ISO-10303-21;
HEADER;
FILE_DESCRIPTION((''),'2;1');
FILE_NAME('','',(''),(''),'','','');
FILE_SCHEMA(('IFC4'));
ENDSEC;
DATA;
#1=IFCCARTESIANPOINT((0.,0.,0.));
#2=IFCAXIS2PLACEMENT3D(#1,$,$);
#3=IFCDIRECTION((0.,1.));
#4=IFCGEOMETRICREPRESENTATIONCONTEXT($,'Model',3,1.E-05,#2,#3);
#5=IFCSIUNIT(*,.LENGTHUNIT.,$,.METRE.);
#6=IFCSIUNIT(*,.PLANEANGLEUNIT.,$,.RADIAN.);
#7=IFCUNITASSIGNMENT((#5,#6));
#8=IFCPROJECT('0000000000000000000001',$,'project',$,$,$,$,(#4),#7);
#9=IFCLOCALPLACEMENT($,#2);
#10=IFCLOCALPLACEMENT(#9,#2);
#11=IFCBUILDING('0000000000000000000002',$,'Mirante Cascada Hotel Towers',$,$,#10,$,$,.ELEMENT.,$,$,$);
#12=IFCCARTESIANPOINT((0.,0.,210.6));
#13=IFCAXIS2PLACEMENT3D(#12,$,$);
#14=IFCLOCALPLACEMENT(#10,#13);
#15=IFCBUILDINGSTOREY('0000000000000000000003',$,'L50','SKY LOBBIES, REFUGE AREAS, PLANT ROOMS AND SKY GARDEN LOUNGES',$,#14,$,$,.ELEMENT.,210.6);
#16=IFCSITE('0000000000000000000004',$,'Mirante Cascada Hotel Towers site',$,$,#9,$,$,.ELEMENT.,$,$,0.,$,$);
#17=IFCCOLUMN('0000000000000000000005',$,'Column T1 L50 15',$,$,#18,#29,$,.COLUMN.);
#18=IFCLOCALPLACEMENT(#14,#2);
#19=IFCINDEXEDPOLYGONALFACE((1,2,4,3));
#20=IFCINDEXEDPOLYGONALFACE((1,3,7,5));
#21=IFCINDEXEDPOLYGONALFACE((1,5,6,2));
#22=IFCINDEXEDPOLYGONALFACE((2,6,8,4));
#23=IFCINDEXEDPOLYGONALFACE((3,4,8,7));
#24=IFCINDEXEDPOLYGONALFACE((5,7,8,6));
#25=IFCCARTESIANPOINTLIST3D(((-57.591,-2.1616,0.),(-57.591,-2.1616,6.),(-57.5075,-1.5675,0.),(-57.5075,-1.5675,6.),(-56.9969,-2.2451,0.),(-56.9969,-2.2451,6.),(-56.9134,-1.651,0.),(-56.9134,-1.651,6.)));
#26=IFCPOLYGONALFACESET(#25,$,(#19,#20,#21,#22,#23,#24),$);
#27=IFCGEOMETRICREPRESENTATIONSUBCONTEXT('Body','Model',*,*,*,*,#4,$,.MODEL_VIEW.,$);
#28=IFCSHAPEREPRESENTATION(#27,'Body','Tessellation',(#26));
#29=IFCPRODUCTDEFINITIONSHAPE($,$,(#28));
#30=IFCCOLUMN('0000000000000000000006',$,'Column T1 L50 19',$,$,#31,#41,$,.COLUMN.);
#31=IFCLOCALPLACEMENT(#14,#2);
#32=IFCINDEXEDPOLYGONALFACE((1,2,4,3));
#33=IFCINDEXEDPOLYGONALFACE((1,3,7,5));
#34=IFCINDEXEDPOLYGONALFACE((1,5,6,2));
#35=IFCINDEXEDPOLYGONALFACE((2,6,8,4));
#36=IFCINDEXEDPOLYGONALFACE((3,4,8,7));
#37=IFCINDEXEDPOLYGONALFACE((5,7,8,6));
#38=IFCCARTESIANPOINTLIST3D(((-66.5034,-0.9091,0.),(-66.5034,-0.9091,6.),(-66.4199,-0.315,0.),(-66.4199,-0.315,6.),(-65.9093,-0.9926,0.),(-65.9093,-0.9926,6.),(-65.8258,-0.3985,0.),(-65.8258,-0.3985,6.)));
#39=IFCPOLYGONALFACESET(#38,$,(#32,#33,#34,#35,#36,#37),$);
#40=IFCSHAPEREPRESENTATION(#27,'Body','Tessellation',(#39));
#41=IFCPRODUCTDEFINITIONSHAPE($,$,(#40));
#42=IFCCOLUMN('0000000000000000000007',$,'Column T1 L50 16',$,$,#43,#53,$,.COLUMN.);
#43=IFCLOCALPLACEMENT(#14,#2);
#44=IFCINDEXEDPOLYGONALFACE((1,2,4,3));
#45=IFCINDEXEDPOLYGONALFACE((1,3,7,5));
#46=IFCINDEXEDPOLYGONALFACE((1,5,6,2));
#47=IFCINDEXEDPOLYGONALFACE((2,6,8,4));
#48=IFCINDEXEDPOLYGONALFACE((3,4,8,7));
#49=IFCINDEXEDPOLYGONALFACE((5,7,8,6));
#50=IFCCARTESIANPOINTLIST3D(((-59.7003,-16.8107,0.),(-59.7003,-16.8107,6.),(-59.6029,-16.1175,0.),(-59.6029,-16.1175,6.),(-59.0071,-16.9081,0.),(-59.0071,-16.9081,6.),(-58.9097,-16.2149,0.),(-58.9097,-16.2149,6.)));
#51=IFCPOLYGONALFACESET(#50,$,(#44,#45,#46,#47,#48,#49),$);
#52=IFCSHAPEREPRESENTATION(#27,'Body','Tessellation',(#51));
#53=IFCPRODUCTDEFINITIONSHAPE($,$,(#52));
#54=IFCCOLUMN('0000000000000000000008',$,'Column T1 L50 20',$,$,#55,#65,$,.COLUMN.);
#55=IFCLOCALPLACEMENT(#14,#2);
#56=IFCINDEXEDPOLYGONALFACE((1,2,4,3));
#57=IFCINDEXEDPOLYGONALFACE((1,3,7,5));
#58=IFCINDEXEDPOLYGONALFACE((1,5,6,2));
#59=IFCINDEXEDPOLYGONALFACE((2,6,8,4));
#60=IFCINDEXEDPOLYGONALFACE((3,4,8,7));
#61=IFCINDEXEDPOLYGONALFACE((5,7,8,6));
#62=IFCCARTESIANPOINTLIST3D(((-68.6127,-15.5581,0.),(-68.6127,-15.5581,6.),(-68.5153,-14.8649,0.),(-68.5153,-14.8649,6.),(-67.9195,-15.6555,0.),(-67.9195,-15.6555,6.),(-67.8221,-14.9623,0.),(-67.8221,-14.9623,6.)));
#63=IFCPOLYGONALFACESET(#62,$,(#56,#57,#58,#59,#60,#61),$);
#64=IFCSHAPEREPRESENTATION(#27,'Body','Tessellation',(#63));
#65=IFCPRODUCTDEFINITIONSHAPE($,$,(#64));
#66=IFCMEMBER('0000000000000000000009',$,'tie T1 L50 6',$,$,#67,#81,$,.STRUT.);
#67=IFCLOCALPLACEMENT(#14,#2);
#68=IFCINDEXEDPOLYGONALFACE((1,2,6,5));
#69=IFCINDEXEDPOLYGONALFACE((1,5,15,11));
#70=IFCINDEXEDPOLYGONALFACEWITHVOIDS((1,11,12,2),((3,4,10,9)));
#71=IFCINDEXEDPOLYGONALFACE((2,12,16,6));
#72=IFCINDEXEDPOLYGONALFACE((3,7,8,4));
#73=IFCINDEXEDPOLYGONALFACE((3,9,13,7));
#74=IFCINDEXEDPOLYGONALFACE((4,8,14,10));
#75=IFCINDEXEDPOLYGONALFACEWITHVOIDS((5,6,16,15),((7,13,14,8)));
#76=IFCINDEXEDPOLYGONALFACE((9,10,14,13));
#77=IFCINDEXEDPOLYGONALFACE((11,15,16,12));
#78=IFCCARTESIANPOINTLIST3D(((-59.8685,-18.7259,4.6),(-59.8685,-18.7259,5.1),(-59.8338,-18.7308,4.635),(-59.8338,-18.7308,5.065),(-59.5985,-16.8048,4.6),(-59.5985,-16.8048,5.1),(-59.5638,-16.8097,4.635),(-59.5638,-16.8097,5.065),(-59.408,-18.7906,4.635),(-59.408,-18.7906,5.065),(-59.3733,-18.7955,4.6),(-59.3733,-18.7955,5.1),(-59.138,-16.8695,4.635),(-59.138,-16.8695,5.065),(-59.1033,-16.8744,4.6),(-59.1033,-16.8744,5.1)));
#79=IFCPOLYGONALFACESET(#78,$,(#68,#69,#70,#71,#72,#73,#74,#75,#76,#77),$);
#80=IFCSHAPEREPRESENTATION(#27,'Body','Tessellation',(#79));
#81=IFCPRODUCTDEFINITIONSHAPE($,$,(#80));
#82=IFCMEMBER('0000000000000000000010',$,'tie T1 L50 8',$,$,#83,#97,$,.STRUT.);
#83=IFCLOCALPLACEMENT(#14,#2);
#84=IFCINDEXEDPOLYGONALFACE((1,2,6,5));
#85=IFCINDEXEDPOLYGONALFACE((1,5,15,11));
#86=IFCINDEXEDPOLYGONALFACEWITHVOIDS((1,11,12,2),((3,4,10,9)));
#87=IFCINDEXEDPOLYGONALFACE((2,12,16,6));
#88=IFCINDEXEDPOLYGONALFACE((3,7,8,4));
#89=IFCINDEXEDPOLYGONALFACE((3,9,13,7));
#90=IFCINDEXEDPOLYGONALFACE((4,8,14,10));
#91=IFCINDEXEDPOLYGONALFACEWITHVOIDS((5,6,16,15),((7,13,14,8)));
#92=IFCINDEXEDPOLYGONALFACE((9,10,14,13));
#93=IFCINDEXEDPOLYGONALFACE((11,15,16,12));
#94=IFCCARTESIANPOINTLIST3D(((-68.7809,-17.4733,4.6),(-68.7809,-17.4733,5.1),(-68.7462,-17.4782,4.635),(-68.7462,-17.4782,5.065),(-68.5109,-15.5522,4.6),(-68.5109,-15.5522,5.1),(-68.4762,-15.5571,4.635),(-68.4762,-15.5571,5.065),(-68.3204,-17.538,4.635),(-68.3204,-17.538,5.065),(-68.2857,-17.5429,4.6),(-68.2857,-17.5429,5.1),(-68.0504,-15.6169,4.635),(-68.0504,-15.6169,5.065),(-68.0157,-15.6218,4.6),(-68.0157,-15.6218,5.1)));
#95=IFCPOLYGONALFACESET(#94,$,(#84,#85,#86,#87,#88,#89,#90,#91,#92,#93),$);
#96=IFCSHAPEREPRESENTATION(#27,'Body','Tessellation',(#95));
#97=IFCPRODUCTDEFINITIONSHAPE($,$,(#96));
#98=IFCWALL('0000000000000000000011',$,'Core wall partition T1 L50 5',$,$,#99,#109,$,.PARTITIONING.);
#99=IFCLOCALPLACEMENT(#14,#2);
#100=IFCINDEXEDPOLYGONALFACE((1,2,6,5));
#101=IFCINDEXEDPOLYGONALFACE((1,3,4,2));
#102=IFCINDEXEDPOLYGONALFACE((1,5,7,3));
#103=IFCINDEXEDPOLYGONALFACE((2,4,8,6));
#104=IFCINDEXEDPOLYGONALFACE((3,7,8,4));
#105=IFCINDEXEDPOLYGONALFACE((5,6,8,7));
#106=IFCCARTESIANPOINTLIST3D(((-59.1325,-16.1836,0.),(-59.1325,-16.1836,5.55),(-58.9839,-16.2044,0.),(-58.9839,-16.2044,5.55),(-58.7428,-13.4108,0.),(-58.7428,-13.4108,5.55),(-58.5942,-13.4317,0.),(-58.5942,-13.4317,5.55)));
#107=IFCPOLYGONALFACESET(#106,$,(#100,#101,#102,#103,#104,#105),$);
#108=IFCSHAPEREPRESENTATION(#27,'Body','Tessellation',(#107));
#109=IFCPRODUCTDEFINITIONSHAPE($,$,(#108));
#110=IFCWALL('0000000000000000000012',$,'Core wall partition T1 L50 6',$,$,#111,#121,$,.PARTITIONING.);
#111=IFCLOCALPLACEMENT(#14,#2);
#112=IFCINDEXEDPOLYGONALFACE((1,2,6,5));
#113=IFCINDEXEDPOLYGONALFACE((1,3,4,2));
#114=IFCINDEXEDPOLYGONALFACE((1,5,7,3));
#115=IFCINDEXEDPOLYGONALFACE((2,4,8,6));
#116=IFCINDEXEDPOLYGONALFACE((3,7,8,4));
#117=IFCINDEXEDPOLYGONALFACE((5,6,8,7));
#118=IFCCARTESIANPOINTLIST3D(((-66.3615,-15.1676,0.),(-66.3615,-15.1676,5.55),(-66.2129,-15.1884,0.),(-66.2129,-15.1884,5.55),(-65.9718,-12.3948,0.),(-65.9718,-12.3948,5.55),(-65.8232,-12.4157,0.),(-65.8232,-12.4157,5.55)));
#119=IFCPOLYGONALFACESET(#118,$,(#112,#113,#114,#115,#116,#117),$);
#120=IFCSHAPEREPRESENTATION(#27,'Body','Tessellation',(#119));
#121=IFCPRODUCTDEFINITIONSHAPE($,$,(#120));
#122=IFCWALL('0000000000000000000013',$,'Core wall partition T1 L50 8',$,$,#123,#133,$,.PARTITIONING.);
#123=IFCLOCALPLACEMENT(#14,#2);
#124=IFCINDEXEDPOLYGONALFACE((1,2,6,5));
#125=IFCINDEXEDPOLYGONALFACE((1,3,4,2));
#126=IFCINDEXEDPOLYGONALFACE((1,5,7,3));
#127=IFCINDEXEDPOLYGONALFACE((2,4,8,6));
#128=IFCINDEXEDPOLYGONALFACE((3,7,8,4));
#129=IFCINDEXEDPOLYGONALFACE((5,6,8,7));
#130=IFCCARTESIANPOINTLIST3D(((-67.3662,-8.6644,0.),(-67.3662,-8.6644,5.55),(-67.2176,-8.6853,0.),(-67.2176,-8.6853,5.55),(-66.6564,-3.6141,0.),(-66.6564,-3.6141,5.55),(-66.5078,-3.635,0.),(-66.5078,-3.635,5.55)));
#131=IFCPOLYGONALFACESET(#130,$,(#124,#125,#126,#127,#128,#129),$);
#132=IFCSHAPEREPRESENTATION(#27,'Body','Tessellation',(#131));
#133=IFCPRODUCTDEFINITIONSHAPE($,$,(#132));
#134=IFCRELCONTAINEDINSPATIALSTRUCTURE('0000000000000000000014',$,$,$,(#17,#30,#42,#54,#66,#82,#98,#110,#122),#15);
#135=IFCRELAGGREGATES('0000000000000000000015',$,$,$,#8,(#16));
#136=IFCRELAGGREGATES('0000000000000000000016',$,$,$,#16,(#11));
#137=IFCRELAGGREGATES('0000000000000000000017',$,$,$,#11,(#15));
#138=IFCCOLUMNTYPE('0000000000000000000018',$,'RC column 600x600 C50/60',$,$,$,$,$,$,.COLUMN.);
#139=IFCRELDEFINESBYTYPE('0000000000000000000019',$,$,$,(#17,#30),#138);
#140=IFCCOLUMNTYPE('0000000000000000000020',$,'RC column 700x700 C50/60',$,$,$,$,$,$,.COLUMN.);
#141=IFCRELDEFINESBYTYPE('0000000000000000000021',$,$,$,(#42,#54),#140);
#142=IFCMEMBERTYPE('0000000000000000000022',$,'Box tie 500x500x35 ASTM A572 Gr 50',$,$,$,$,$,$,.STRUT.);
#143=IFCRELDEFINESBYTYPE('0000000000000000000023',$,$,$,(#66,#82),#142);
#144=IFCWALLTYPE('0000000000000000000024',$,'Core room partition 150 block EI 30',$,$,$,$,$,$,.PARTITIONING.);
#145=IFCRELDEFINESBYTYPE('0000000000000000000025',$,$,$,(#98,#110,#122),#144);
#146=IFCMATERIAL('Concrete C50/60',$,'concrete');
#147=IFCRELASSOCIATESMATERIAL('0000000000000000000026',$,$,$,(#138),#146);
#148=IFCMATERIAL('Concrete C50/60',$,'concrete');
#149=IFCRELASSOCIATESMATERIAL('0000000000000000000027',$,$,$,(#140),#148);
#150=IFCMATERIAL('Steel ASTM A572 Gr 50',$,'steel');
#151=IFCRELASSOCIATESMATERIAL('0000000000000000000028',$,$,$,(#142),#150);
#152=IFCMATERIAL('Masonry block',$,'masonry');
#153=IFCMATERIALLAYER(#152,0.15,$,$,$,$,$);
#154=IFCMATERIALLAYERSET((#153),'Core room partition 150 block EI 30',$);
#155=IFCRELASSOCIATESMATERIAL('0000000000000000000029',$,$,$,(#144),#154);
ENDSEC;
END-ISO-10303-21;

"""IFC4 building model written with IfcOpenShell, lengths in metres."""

from ifc_helpers import new_model, si_unit, direction, frame, frame_2d, origin, origin_2d, place, context, subcontext, project, spatial, rectangle, hollow_rectangle, extrude, material, layer, layer_set, material_profile, profile_set, type_object, element, save


model = new_model("IFC4")

# Units and contexts
model_context = context("Model", 3, precision=1e-05, world=origin(), true_north=direction((0.0, 1.0)))
body_context = subcontext(model_context, "Body", "Model", "MODEL_VIEW")
ifc_project = project(units=[si_unit("LENGTHUNIT", "METRE"), si_unit("PLANEANGLEUNIT", "RADIAN")], contexts=[model_context])

# Site, building, storey
site_placement = place(None, origin())
site = spatial("IfcSite", under=ifc_project, at=site_placement, Name="Mirante Cascada Hotel Towers site", CompositionType="ELEMENT", RefElevation=0.0)
building_placement = place(site_placement, origin())
building = spatial("IfcBuilding", under=site, at=building_placement, Name="Mirante Cascada Hotel Towers", CompositionType="ELEMENT")
storey_placement = place(building_placement, frame((0.0, 0.0, 210.6)))
storey = spatial("IfcBuildingStorey", under=building, at=storey_placement, Name="L50", Description="SKY LOBBIES, REFUGE AREAS, PLANT ROOMS AND SKY GARDEN LOUNGES", CompositionType="ELEMENT", Elevation=210.6)

# Columns
ifc_material_1 = material(Name="Concrete C50/60", Category="concrete")
ifc_material_profile_1 = material_profile(ifc_material_1, rectangle(XDim=0.6, YDim=0.6, at=origin_2d()), Name="RC column 600x600 C50/60")
ifc_profile_set_1 = profile_set([ifc_material_profile_1], Name="Concrete C50/60")
column_type_1 = type_object("IfcColumnType", Name="RC column 600x600 C50/60", PredefinedType="COLUMN", material=ifc_profile_set_1)
for number, where, z_axis, x_axis, name in (
    (1, (-57.2522, -1.9063, 0.0), (0.0, 0.0, 1.0), (-0.990268, 0.139173, 0.0), "Column T1 L50 15"),
    (2, (-66.1646, -0.6538, 0.0), (0.0, 0.0, 1.0), (-0.990268, 0.139173, 0.0), "Column T1 L50 19"),
):
    element("IfcColumn", number, at=place(storey_placement, frame(where, z_axis=z_axis, x_axis=x_axis)), inside=storey, type_object=column_type_1, Name=name, PredefinedType="COLUMN", context=body_context, shape_type="SweptSolid", body=[
        extrude(rectangle(XDim=0.6, YDim=0.6, at=origin_2d()), origin(), (0.0, 0.0, 1.0), 6.0),
    ])
ifc_material_2 = material(Name="Concrete C50/60", Category="concrete")
ifc_material_profile_2 = material_profile(ifc_material_2, rectangle(XDim=0.7, YDim=0.7, at=origin_2d()), Name="RC column 700x700 C50/60")
ifc_profile_set_2 = profile_set([ifc_material_profile_2], Name="Concrete C50/60")
column_type_2 = type_object("IfcColumnType", Name="RC column 700x700 C50/60", PredefinedType="COLUMN", material=ifc_profile_set_2)
for number, where, z_axis, x_axis, name in (
    (3, (-59.305, -16.5128, 0.0), (0.0, 0.0, 1.0), (-0.990268, 0.139173, 0.0), "Column T1 L50 16"),
    (4, (-68.2174, -15.2602, 0.0), (0.0, 0.0, 1.0), (-0.990268, 0.139173, 0.0), "Column T1 L50 20"),
):
    element("IfcColumn", number, at=place(storey_placement, frame(where, z_axis=z_axis, x_axis=x_axis)), inside=storey, type_object=column_type_2, Name=name, PredefinedType="COLUMN", context=body_context, shape_type="SweptSolid", body=[
        extrude(rectangle(XDim=0.7, YDim=0.7, at=origin_2d()), origin(), (0.0, 0.0, 1.0), 6.0),
    ])

# Members
ifc_material_3 = material(Name="Steel ASTM A572 Gr 50", Category="steel")
ifc_material_profile_3 = material_profile(ifc_material_3, hollow_rectangle(XDim=0.5, YDim=0.5, WallThickness=0.035, at=origin_2d()), Name="Box tie 500x500x35 ASTM A572 Gr 50")
ifc_profile_set_3 = profile_set([ifc_material_profile_3], Name="Steel ASTM A572 Gr 50")
member_type = type_object("IfcMemberType", Name="Box tie 500x500x35 ASTM A572 Gr 50", PredefinedType="STRUT", material=ifc_profile_set_3)
for number, where, z_axis, x_axis, name in (
    (5, (-59.3509, -16.8396, 4.85), (-0.139177, -0.990268, 0.0), (0.990268, -0.139177, 0.0), "tie T1 L50 6"),
    (6, (-68.2633, -15.587, 4.85), (-0.139177, -0.990268, 0.0), (0.990268, -0.139177, 0.0), "tie T1 L50 8"),
):
    element("IfcMember", number, at=place(storey_placement, frame(where, z_axis=z_axis, x_axis=x_axis)), inside=storey, type_object=member_type, Name=name, PredefinedType="STRUT", context=body_context, shape_type="SweptSolid", body=[
        extrude(hollow_rectangle(XDim=0.5, YDim=0.5, WallThickness=0.035, at=origin_2d()), origin(), (0.0, 0.0, 1.0), 1.94),
    ])

# Walls
ifc_material_4 = material(Name="Masonry block", Category="masonry")
ifc_layer_1 = layer(ifc_material_4, 0.15)
ifc_layer_set_1 = layer_set([ifc_layer_1], Name="Core room partition 150 block EI 30")
wall_type_1 = type_object("IfcWallType", Name="Core room partition 150 block EI 30", PredefinedType="PARTITIONING", material=ifc_layer_set_1)
for number, where, z_axis, x_axis, name in (
    (7, (-59.0582, -16.194, 0.0), (0.0, 0.0, 1.0), (0.139181, 0.990267, 0.0), "Core wall partition T1 L50 5"),
    (8, (-66.2872, -15.178, 0.0), (0.0, 0.0, 1.0), (0.139181, 0.990267, 0.0), "Core wall partition T1 L50 6"),
):
    element("IfcWall", number, at=place(storey_placement, frame(where, z_axis=z_axis, x_axis=x_axis)), inside=storey, type_object=wall_type_1, Name=name, PredefinedType="PARTITIONING", context=body_context, shape_type="SweptSolid", body=[
        extrude(rectangle(XDim=2.8, YDim=0.15, at=frame_2d((1.4, 0.0))), origin(), (0.0, 0.0, 1.0), 5.55),
    ])
wall_1_placement = place(storey_placement, frame((-67.2919, -8.6749, 0.0), z_axis=(0.0, 0.0, 1.0), x_axis=(0.139178, 0.990267, 0.0)))
element("IfcWall", 9, at=wall_1_placement, inside=storey, type_object=wall_type_1, Name="Core wall partition T1 L50 8", PredefinedType="PARTITIONING", context=body_context, shape_type="SweptSolid", body=[
    extrude(rectangle(XDim=5.0999, YDim=0.15, at=frame_2d((2.55, 0.0))), origin(), (0.0, 0.0, 1.0), 5.55),
])

save(model, "model.ifc")
